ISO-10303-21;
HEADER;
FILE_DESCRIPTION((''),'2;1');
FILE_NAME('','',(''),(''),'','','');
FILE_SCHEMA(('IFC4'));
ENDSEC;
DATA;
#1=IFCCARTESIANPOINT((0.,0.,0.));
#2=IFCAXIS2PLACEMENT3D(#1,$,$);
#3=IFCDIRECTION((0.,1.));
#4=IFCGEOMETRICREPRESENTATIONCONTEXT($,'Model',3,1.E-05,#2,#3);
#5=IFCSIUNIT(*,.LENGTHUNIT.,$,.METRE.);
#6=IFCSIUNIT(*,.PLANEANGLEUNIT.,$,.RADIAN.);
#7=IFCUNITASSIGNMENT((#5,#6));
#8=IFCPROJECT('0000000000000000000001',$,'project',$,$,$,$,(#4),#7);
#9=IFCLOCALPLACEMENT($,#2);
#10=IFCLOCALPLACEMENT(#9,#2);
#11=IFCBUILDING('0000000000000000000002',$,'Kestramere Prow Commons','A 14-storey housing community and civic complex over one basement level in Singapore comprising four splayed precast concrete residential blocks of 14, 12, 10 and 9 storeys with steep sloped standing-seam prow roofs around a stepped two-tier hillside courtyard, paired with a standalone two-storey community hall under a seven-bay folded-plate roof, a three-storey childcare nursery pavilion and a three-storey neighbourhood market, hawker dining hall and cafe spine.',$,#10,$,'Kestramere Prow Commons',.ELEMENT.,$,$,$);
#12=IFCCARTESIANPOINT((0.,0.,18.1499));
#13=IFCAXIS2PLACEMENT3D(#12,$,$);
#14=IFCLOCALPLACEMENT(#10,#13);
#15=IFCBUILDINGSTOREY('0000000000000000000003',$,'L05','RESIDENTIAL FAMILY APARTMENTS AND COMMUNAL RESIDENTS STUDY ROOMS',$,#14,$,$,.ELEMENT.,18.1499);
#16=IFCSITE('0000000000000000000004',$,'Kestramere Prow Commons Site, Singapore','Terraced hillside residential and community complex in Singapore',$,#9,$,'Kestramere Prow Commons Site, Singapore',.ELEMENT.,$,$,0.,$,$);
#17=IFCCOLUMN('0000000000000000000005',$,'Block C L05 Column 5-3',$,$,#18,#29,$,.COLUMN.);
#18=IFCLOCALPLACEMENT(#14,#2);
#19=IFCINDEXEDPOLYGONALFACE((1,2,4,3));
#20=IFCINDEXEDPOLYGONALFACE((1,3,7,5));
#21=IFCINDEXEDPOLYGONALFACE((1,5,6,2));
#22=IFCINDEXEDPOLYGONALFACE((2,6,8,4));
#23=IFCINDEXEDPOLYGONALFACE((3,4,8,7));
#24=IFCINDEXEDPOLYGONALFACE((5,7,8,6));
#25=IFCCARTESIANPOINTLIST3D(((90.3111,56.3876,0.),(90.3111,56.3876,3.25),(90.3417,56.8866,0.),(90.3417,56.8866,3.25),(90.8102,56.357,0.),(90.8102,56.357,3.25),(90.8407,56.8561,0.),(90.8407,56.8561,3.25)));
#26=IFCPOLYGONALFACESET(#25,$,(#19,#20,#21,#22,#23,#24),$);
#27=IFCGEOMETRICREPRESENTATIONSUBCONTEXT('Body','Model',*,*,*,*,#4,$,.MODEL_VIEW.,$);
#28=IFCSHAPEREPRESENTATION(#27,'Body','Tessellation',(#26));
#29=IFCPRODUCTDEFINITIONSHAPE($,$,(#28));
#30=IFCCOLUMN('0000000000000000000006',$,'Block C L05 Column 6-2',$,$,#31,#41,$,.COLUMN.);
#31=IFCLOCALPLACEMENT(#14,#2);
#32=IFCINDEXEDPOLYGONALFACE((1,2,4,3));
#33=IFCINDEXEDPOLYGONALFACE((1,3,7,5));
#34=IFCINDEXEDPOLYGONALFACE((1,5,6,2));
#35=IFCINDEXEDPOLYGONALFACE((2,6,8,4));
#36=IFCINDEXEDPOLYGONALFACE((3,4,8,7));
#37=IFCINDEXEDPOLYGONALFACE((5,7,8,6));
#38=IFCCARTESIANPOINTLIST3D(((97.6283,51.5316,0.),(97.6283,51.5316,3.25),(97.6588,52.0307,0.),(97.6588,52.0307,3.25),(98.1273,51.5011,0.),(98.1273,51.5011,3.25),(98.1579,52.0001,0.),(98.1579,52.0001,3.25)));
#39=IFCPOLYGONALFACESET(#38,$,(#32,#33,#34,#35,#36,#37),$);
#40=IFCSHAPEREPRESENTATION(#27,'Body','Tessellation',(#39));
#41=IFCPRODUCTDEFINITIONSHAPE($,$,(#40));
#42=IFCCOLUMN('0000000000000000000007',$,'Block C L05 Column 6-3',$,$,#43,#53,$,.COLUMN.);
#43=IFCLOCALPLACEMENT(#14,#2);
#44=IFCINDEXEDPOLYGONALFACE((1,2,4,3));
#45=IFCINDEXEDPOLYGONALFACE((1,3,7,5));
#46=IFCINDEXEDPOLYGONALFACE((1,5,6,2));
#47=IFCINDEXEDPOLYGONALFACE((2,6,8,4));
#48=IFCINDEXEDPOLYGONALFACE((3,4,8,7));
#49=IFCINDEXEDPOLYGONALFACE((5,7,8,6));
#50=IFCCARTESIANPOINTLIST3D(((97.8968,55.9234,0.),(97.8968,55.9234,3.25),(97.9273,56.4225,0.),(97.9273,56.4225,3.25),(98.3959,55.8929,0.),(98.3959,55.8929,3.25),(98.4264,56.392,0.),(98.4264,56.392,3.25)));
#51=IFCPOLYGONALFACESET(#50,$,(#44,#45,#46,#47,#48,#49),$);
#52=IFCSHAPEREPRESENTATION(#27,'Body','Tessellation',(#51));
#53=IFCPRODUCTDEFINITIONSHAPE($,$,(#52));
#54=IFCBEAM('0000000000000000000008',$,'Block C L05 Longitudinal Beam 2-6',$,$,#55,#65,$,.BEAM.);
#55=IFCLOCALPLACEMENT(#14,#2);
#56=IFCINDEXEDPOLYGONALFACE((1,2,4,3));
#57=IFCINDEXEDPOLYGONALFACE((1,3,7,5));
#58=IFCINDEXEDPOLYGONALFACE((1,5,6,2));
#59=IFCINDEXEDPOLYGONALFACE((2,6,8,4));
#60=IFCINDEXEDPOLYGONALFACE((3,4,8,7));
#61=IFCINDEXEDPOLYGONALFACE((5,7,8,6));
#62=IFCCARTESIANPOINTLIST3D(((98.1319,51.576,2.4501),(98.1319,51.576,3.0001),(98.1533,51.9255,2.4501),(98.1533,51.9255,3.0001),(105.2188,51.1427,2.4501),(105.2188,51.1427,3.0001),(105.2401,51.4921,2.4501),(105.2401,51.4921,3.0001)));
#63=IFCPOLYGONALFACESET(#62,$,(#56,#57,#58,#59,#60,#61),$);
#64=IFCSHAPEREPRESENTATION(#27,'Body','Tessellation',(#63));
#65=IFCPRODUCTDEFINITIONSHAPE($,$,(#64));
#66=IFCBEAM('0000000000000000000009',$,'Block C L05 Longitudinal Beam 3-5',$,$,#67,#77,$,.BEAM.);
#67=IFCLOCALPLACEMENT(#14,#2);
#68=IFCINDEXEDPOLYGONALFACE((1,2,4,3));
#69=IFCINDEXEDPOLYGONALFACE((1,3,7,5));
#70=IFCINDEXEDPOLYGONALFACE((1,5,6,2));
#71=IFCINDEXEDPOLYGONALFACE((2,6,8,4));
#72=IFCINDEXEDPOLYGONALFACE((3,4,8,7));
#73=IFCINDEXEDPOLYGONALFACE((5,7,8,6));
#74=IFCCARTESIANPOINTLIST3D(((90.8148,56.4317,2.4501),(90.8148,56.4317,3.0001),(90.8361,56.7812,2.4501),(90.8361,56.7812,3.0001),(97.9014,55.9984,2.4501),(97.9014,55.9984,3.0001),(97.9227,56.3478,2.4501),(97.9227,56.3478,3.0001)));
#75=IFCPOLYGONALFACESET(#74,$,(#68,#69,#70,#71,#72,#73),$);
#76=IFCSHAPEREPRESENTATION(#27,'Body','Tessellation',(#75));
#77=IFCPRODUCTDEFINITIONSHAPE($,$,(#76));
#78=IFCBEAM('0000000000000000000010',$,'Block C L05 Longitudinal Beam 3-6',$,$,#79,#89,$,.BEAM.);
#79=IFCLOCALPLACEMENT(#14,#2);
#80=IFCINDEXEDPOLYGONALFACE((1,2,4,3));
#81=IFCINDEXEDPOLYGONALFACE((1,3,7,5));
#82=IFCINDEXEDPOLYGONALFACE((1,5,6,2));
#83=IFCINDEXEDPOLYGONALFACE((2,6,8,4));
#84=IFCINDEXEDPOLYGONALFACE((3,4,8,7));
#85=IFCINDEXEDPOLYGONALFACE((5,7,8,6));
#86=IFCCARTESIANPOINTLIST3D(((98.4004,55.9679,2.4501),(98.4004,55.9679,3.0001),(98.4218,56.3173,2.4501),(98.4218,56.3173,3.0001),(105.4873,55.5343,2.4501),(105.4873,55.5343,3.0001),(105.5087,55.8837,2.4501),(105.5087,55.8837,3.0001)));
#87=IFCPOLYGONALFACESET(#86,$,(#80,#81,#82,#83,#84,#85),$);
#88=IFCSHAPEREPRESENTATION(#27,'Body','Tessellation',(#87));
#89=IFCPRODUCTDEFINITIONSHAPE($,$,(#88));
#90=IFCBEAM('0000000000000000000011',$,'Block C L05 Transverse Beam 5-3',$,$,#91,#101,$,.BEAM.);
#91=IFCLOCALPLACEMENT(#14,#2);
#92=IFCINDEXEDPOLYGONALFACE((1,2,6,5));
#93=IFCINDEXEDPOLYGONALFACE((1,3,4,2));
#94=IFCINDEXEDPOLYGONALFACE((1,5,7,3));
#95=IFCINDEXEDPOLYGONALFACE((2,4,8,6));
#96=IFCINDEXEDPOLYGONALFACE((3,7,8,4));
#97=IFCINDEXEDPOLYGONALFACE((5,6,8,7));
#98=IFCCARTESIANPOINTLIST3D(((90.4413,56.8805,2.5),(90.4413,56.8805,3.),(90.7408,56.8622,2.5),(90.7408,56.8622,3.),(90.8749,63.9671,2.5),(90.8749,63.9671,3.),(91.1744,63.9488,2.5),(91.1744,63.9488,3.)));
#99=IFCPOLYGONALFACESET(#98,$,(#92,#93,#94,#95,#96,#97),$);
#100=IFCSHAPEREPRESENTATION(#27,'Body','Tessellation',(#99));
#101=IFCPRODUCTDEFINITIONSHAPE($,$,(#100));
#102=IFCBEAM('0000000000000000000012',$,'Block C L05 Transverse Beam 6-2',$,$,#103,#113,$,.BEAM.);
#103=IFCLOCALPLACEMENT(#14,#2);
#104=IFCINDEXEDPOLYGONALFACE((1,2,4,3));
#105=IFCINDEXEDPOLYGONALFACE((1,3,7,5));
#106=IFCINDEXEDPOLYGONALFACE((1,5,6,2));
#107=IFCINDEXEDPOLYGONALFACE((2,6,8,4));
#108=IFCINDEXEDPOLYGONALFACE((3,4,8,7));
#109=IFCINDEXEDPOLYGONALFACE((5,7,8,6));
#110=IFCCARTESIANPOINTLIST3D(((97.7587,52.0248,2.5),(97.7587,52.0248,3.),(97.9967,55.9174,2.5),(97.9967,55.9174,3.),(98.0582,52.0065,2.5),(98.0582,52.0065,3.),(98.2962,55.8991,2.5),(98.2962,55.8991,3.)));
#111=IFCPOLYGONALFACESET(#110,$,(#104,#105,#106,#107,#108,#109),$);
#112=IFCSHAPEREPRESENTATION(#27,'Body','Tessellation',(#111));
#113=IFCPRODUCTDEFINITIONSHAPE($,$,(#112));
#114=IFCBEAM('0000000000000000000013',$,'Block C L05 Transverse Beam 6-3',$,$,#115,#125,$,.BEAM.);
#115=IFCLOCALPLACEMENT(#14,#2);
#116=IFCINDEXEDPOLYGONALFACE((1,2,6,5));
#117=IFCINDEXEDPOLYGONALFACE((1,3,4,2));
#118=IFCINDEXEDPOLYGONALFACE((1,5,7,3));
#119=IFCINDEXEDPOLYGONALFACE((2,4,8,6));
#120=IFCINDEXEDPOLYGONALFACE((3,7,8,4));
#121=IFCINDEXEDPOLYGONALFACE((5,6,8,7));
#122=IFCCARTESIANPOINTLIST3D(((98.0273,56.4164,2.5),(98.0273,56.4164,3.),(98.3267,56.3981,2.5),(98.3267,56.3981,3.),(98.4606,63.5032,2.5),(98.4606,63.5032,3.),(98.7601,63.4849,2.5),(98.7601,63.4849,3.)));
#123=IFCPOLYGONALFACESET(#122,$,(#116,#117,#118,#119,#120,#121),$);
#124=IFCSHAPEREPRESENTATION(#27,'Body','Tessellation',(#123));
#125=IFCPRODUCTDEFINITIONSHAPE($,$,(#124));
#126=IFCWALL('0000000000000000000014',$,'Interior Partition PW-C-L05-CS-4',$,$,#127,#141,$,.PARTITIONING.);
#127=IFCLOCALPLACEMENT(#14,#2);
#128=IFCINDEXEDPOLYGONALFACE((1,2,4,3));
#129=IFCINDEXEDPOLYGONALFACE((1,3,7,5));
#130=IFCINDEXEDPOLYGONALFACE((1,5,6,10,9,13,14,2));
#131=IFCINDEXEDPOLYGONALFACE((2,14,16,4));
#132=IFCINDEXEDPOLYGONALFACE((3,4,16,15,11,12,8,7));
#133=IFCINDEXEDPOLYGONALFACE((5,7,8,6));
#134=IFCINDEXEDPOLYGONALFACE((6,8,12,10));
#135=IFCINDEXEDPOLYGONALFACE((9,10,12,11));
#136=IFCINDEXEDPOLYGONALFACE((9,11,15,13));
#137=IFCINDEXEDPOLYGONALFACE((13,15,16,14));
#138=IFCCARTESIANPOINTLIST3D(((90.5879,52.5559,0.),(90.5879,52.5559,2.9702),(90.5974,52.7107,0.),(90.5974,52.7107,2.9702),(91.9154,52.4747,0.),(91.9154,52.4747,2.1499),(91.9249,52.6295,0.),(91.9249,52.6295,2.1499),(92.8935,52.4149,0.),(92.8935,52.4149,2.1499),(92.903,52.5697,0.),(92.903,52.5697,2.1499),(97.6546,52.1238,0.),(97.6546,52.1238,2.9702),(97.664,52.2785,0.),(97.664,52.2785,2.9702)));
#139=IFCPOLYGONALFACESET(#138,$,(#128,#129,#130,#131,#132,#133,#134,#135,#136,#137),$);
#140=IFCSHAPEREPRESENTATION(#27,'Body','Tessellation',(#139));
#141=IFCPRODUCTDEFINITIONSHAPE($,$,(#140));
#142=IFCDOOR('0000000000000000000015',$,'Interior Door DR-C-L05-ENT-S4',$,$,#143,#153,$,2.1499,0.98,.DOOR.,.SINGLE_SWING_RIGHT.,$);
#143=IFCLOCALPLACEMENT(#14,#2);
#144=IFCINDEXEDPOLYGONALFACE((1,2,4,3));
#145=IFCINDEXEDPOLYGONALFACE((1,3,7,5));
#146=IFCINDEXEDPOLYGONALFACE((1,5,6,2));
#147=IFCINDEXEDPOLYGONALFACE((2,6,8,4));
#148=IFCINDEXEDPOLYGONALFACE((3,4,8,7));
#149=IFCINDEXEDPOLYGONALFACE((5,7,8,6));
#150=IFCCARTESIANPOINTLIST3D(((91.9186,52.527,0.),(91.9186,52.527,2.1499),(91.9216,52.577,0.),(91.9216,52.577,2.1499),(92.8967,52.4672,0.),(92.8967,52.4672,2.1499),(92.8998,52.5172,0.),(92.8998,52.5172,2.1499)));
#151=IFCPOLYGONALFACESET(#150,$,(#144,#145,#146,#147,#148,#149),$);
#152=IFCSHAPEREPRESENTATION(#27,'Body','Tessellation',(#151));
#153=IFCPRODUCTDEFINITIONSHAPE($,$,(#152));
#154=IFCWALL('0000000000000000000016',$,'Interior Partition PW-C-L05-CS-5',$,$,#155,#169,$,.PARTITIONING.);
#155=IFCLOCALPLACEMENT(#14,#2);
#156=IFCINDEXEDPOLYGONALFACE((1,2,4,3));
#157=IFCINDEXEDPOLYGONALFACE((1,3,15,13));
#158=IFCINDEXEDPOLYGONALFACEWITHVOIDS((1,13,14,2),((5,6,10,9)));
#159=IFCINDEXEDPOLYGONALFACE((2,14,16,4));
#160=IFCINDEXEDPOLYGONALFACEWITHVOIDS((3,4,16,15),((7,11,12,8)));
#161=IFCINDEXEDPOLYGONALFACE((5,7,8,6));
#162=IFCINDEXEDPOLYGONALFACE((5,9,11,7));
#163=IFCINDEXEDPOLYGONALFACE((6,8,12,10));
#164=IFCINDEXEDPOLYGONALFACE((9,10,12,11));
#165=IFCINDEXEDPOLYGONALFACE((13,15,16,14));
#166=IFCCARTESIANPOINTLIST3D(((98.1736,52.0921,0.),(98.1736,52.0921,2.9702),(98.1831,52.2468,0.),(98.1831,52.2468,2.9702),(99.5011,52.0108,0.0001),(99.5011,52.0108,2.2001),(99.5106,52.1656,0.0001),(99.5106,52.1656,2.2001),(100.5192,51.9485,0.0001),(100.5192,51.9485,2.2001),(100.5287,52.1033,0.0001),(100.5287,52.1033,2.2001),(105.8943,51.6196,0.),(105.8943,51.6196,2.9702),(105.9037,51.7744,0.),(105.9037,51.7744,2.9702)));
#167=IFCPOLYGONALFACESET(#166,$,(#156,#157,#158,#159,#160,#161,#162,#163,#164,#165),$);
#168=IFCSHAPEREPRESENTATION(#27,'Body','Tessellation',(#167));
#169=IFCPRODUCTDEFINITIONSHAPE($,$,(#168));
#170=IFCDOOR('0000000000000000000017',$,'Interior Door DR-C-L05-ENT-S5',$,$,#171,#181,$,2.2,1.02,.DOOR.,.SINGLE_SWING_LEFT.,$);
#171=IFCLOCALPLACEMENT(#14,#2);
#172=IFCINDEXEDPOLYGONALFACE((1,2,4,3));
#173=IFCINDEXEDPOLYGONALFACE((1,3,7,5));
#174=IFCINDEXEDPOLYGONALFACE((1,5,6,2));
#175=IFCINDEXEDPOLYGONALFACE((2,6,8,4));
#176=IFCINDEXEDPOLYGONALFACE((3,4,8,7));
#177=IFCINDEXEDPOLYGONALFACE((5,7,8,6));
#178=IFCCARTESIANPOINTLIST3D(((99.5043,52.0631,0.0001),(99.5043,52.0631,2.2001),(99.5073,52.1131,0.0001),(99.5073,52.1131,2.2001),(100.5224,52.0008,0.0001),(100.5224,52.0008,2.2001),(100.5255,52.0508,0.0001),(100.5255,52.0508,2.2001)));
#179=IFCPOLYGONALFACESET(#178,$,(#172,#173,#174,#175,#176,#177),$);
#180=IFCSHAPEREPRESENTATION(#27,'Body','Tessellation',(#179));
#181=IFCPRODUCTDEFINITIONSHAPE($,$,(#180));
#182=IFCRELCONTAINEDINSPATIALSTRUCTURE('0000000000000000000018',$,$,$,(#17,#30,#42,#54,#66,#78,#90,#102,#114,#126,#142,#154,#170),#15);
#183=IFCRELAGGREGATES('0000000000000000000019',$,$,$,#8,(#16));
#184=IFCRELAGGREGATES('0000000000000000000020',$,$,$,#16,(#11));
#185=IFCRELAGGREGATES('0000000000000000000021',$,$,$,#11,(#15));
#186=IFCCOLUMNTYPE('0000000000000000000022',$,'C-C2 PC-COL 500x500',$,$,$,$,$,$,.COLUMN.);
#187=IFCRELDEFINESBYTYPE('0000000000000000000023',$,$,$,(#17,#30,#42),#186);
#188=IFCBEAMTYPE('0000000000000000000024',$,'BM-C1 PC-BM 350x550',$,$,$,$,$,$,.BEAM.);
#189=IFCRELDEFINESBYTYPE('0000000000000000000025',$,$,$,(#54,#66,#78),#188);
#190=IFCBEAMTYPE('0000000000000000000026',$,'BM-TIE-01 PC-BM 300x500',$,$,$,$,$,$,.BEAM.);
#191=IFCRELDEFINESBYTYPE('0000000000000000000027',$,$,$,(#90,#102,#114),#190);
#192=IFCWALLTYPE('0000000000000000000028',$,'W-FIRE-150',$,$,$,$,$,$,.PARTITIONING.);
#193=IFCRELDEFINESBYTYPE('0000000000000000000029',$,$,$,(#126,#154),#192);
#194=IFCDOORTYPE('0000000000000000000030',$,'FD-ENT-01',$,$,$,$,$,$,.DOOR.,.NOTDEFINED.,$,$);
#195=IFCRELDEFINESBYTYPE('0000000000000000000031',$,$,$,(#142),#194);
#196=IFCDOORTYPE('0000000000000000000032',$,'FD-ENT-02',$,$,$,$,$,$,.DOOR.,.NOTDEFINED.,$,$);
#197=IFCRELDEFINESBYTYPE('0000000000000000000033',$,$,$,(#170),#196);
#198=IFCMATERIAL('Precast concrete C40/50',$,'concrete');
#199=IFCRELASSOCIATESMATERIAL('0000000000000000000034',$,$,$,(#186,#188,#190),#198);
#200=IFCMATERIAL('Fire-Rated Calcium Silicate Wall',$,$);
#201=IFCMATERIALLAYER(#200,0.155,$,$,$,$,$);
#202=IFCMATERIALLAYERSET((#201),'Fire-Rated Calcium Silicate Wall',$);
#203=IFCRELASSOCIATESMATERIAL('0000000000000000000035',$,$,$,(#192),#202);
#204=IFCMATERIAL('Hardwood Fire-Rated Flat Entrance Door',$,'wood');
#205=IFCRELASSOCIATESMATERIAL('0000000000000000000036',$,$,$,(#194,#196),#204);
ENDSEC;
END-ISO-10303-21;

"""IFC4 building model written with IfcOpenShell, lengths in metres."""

from ifc_helpers import new_model, si_unit, direction, frame, frame_2d, origin, origin_2d, place, context, subcontext, project, spatial, rectangle, extrude, material, layer, layer_set, material_profile, profile_set, type_object, element, fill, save


model = new_model("IFC4")

# Units and contexts
model_context = context("Model", 3, precision=1e-05, world=origin(), true_north=direction((0.0, 1.0)))
body_context = subcontext(model_context, "Body", "Model", "MODEL_VIEW")
ifc_project = project(units=[si_unit("LENGTHUNIT", "METRE"), si_unit("PLANEANGLEUNIT", "RADIAN")], contexts=[model_context])

# Site, building, storey
site_placement = place(None, origin())
site = spatial("IfcSite", under=ifc_project, at=site_placement, Name="Kestramere Prow Commons Site, Singapore", Description="Terraced hillside residential and community complex in Singapore", LongName="Kestramere Prow Commons Site, Singapore", CompositionType="ELEMENT", RefElevation=0.0)
building_placement = place(site_placement, origin())
building = spatial("IfcBuilding", under=site, at=building_placement, Name="Kestramere Prow Commons", Description="A 14-storey housing community and civic complex over one basement level in Singapore comprising four splayed precast concrete residential blocks of 14, 12, 10 and 9 storeys with steep sloped standing-seam prow roofs around a stepped two-tier hillside courtyard, paired with a standalone two-storey community hall under a seven-bay folded-plate roof, a three-storey childcare nursery pavilion and a three-storey neighbourhood market, hawker dining hall and cafe spine.", LongName="Kestramere Prow Commons", CompositionType="ELEMENT")
storey_placement = place(building_placement, frame((0.0, 0.0, 18.1499)))
storey = spatial("IfcBuildingStorey", under=building, at=storey_placement, Name="L05", Description="RESIDENTIAL FAMILY APARTMENTS AND COMMUNAL RESIDENTS STUDY ROOMS", CompositionType="ELEMENT", Elevation=18.1499)

# Columns
ifc_material_1 = material(Name="Precast concrete C40/50", Category="concrete")
ifc_material_profile_1 = material_profile(ifc_material_1, rectangle(XDim=0.5, YDim=0.5, at=origin_2d()), Name="PC-COL 500x500")
ifc_profile_set_1 = profile_set([ifc_material_profile_1], Name="Precast concrete C40/50")
column_type = type_object("IfcColumnType", Name="C-C2 PC-COL 500x500", PredefinedType="COLUMN", material=ifc_profile_set_1)
for number, where, z_axis, x_axis, name in (
    (1, (90.5759, 56.6218, 0.0), (0.0, 0.0, 1.0), (0.998135, -0.061049, 0.0), "Block C L05 Column 5-3"),
    (2, (97.8931, 51.7659, 0.0), (0.0, 0.0, 1.0), (0.998135, -0.061049, 0.0), "Block C L05 Column 6-2"),
    (3, (98.1616, 56.1577, 0.0), (0.0, 0.0, 1.0), (0.998135, -0.061049, 0.0), "Block C L05 Column 6-3"),
):
    element("IfcColumn", number, at=place(storey_placement, frame(where, z_axis=z_axis, x_axis=x_axis)), inside=storey, type_object=column_type, Name=name, PredefinedType="COLUMN", context=body_context, shape_type="SweptSolid", body=[
        extrude(rectangle(XDim=0.5, YDim=0.5, at=origin_2d()), origin(), (0.0, 0.0, 1.0), 3.25),
    ])

# Beams
ifc_material_profile_2 = material_profile(ifc_material_1, rectangle(XDim=0.3501, YDim=0.55, at=origin_2d()), Name="PC-BM 350x550")
ifc_profile_set_2 = profile_set([ifc_material_profile_2], Name="Precast concrete C40/50")
beam_type_1 = type_object("IfcBeamType", Name="BM-C1 PC-BM 350x550", PredefinedType="BEAM", material=ifc_profile_set_2)
beam_1_placement = place(storey_placement, frame((98.1426, 51.7507, 2.7251), z_axis=(0.998136, -0.061034, 0.0), x_axis=(0.061034, 0.998136, 0.0)))
element("IfcBeam", 4, at=beam_1_placement, inside=storey, type_object=beam_type_1, Name="Block C L05 Longitudinal Beam 2-6", PredefinedType="BEAM", context=body_context, shape_type="SweptSolid", body=[
    extrude(rectangle(XDim=0.3501, YDim=0.55, at=origin_2d()), origin(), (0.0, 0.0, 1.0), 7.1001),
])
beam_2_placement = place(storey_placement, frame((90.8254, 56.6064, 2.7251), z_axis=(0.998136, -0.061036, 0.0), x_axis=(0.061036, 0.998136, 0.0)))
element("IfcBeam", 5, at=beam_2_placement, inside=storey, type_object=beam_type_1, Name="Block C L05 Longitudinal Beam 3-5", PredefinedType="BEAM", context=body_context, shape_type="SweptSolid", body=[
    extrude(rectangle(XDim=0.3501, YDim=0.55, at=origin_2d()), origin(), (0.0, 0.0, 1.0), 7.0999),
])
beam_3_placement = place(storey_placement, frame((98.4111, 56.1426, 2.7251), z_axis=(0.998134, -0.061068, 0.0), x_axis=(0.061068, 0.998134, 0.0)))
element("IfcBeam", 6, at=beam_3_placement, inside=storey, type_object=beam_type_1, Name="Block C L05 Longitudinal Beam 3-6", PredefinedType="BEAM", context=body_context, shape_type="SweptSolid", body=[
    extrude(rectangle(XDim=0.3501, YDim=0.55, at=origin_2d()), origin(), (0.0, 0.0, 1.0), 7.1001),
])
ifc_material_profile_3 = material_profile(ifc_material_1, rectangle(XDim=0.3, YDim=0.5, at=origin_2d()), Name="PC-BM 300x500")
ifc_profile_set_3 = profile_set([ifc_material_profile_3], Name="Precast concrete C40/50")
beam_type_2 = type_object("IfcBeamType", Name="BM-TIE-01 PC-BM 300x500", PredefinedType="BEAM", material=ifc_profile_set_3)
beam_4_placement = place(storey_placement, frame((90.5911, 56.8713, 2.75), z_axis=(0.06107, 0.998133, 0.0), x_axis=(-0.998133, 0.06107, 0.0)))
element("IfcBeam", 7, at=beam_4_placement, inside=storey, type_object=beam_type_2, Name="Block C L05 Transverse Beam 5-3", PredefinedType="BEAM", context=body_context, shape_type="SweptSolid", body=[
    extrude(rectangle(XDim=0.3, YDim=0.5, at=origin_2d()), origin(), (0.0, 0.0, 1.0), 7.0999),
])
beam_5_placement = place(storey_placement, frame((97.9084, 52.0156, 2.75), z_axis=(0.061038, 0.998135, 0.0), x_axis=(-0.998135, 0.061038, 0.0)))
element("IfcBeam", 8, at=beam_5_placement, inside=storey, type_object=beam_type_2, Name="Block C L05 Transverse Beam 6-2", PredefinedType="BEAM", context=body_context, shape_type="SweptSolid", body=[
    extrude(rectangle(XDim=0.3, YDim=0.5, at=origin_2d()), origin(), (0.0, 0.0, 1.0), 3.8999),
])
beam_6_placement = place(storey_placement, frame((98.177, 56.4072, 2.75), z_axis=(0.061034, 0.998136, 0.0), x_axis=(-0.998136, 0.061034, 0.0)))
element("IfcBeam", 9, at=beam_6_placement, inside=storey, type_object=beam_type_2, Name="Block C L05 Transverse Beam 6-3", PredefinedType="BEAM", context=body_context, shape_type="SweptSolid", body=[
    extrude(rectangle(XDim=0.3, YDim=0.5, at=origin_2d()), origin(), (0.0, 0.0, 1.0), 7.1001),
])

# Walls, openings, doors
ifc_material_2 = material(Name="Fire-Rated Calcium Silicate Wall")
ifc_layer_1 = layer(ifc_material_2, 0.155)
ifc_layer_set_1 = layer_set([ifc_layer_1], Name="Fire-Rated Calcium Silicate Wall")
wall_type_1 = type_object("IfcWallType", Name="W-FIRE-150", PredefinedType="PARTITIONING", material=ifc_layer_set_1)
wall_1_placement = place(storey_placement, frame((90.5925, 52.6333, 0.0), z_axis=(0.0, 0.0, 1.0), x_axis=(0.998136, -0.061036, 0.0)))
wall_1 = element("IfcWall", 10, at=wall_1_placement, inside=storey, type_object=wall_type_1, Name="Interior Partition PW-C-L05-CS-4", PredefinedType="PARTITIONING", context=body_context, shape_type="SweptSolid", body=[
    extrude(rectangle(XDim=7.0798, YDim=0.155, at=frame_2d((3.54, 0.0))), origin(), (0.0, 0.0, 1.0), 2.9702),
])
opening_1_placement = place(wall_1_placement, frame((1.3301, 0.0, 0.0)))
opening_1 = element("IfcOpeningElement", 11, at=opening_1_placement, cuts=wall_1, PredefinedType="OPENING", context=body_context, shape_type="SweptSolid", body=[
    extrude(rectangle(XDim=0.98, YDim=2.1499, at=frame_2d((0.49, 1.075))), frame((0.0, 0.0925, 0.0), z_axis=(0.0, -1.0, 0.0), x_axis=(1.0, 0.0, 0.0)), (0.0, 0.0, 1.0), 0.1851),
])
ifc_material_3 = material(Name="Hardwood Fire-Rated Flat Entrance Door", Category="wood")
door_type_1 = type_object("IfcDoorType", Name="FD-ENT-01", OperationType="NOTDEFINED", PredefinedType="DOOR", material=ifc_material_3)
door_1_placement = place(opening_1_placement, origin())
door_1 = element("IfcDoor", 12, at=door_1_placement, inside=storey, type_object=door_type_1, Name="Interior Door DR-C-L05-ENT-S4", OperationType="SINGLE_SWING_RIGHT", OverallHeight=2.1499, OverallWidth=0.98, PredefinedType="DOOR", context=body_context, shape_type="SweptSolid", body=[
    extrude(rectangle(XDim=0.98, YDim=2.1499, at=frame_2d((0.49, 1.075))), frame((0.0, 0.0249, 0.0), z_axis=(0.0, -1.0, 0.0), x_axis=(1.0, 0.0, 0.0)), (0.0, 0.0, 1.0), 0.05),
])
fill(opening_1, door_1)
wall_2_placement = place(storey_placement, frame((98.1782, 52.1694, 0.0), z_axis=(0.0, 0.0, 1.0), x_axis=(0.998133, -0.061073, 0.0)))
wall_2 = element("IfcWall", 13, at=wall_2_placement, inside=storey, type_object=wall_type_1, Name="Interior Partition PW-C-L05-CS-5", PredefinedType="PARTITIONING", context=body_context, shape_type="SweptSolid", body=[
    extrude(rectangle(XDim=7.7351, YDim=0.155, at=frame_2d((3.8677, 0.0))), origin(), (0.0, 0.0, 1.0), 2.9702),
])
opening_2_placement = place(wall_2_placement, frame((1.3301, 0.0, 0.0)))
opening_2 = element("IfcOpeningElement", 14, at=opening_2_placement, cuts=wall_2, PredefinedType="OPENING", context=body_context, shape_type="SweptSolid", body=[
    extrude(rectangle(XDim=1.02, YDim=2.2, at=frame_2d((0.51, 1.1001))), frame((0.0, 0.0925, 0.0), z_axis=(0.0, -1.0, 0.0), x_axis=(1.0, 0.0, 0.0)), (0.0, 0.0, 1.0), 0.1851),
])
door_type_2 = type_object("IfcDoorType", Name="FD-ENT-02", OperationType="NOTDEFINED", PredefinedType="DOOR", material=ifc_material_3)
door_2_placement = place(opening_2_placement, origin())
door_2 = element("IfcDoor", 15, at=door_2_placement, inside=storey, type_object=door_type_2, Name="Interior Door DR-C-L05-ENT-S5", OperationType="SINGLE_SWING_LEFT", OverallHeight=2.2, OverallWidth=1.02, PredefinedType="DOOR", context=body_context, shape_type="SweptSolid", body=[
    extrude(rectangle(XDim=1.02, YDim=2.2, at=frame_2d((0.51, 1.1001))), frame((0.0, 0.0249, 0.0), z_axis=(0.0, -1.0, 0.0), x_axis=(1.0, 0.0, 0.0)), (0.0, 0.0, 1.0), 0.05),
])
fill(opening_2, door_2)

save(model, "model.ifc")
